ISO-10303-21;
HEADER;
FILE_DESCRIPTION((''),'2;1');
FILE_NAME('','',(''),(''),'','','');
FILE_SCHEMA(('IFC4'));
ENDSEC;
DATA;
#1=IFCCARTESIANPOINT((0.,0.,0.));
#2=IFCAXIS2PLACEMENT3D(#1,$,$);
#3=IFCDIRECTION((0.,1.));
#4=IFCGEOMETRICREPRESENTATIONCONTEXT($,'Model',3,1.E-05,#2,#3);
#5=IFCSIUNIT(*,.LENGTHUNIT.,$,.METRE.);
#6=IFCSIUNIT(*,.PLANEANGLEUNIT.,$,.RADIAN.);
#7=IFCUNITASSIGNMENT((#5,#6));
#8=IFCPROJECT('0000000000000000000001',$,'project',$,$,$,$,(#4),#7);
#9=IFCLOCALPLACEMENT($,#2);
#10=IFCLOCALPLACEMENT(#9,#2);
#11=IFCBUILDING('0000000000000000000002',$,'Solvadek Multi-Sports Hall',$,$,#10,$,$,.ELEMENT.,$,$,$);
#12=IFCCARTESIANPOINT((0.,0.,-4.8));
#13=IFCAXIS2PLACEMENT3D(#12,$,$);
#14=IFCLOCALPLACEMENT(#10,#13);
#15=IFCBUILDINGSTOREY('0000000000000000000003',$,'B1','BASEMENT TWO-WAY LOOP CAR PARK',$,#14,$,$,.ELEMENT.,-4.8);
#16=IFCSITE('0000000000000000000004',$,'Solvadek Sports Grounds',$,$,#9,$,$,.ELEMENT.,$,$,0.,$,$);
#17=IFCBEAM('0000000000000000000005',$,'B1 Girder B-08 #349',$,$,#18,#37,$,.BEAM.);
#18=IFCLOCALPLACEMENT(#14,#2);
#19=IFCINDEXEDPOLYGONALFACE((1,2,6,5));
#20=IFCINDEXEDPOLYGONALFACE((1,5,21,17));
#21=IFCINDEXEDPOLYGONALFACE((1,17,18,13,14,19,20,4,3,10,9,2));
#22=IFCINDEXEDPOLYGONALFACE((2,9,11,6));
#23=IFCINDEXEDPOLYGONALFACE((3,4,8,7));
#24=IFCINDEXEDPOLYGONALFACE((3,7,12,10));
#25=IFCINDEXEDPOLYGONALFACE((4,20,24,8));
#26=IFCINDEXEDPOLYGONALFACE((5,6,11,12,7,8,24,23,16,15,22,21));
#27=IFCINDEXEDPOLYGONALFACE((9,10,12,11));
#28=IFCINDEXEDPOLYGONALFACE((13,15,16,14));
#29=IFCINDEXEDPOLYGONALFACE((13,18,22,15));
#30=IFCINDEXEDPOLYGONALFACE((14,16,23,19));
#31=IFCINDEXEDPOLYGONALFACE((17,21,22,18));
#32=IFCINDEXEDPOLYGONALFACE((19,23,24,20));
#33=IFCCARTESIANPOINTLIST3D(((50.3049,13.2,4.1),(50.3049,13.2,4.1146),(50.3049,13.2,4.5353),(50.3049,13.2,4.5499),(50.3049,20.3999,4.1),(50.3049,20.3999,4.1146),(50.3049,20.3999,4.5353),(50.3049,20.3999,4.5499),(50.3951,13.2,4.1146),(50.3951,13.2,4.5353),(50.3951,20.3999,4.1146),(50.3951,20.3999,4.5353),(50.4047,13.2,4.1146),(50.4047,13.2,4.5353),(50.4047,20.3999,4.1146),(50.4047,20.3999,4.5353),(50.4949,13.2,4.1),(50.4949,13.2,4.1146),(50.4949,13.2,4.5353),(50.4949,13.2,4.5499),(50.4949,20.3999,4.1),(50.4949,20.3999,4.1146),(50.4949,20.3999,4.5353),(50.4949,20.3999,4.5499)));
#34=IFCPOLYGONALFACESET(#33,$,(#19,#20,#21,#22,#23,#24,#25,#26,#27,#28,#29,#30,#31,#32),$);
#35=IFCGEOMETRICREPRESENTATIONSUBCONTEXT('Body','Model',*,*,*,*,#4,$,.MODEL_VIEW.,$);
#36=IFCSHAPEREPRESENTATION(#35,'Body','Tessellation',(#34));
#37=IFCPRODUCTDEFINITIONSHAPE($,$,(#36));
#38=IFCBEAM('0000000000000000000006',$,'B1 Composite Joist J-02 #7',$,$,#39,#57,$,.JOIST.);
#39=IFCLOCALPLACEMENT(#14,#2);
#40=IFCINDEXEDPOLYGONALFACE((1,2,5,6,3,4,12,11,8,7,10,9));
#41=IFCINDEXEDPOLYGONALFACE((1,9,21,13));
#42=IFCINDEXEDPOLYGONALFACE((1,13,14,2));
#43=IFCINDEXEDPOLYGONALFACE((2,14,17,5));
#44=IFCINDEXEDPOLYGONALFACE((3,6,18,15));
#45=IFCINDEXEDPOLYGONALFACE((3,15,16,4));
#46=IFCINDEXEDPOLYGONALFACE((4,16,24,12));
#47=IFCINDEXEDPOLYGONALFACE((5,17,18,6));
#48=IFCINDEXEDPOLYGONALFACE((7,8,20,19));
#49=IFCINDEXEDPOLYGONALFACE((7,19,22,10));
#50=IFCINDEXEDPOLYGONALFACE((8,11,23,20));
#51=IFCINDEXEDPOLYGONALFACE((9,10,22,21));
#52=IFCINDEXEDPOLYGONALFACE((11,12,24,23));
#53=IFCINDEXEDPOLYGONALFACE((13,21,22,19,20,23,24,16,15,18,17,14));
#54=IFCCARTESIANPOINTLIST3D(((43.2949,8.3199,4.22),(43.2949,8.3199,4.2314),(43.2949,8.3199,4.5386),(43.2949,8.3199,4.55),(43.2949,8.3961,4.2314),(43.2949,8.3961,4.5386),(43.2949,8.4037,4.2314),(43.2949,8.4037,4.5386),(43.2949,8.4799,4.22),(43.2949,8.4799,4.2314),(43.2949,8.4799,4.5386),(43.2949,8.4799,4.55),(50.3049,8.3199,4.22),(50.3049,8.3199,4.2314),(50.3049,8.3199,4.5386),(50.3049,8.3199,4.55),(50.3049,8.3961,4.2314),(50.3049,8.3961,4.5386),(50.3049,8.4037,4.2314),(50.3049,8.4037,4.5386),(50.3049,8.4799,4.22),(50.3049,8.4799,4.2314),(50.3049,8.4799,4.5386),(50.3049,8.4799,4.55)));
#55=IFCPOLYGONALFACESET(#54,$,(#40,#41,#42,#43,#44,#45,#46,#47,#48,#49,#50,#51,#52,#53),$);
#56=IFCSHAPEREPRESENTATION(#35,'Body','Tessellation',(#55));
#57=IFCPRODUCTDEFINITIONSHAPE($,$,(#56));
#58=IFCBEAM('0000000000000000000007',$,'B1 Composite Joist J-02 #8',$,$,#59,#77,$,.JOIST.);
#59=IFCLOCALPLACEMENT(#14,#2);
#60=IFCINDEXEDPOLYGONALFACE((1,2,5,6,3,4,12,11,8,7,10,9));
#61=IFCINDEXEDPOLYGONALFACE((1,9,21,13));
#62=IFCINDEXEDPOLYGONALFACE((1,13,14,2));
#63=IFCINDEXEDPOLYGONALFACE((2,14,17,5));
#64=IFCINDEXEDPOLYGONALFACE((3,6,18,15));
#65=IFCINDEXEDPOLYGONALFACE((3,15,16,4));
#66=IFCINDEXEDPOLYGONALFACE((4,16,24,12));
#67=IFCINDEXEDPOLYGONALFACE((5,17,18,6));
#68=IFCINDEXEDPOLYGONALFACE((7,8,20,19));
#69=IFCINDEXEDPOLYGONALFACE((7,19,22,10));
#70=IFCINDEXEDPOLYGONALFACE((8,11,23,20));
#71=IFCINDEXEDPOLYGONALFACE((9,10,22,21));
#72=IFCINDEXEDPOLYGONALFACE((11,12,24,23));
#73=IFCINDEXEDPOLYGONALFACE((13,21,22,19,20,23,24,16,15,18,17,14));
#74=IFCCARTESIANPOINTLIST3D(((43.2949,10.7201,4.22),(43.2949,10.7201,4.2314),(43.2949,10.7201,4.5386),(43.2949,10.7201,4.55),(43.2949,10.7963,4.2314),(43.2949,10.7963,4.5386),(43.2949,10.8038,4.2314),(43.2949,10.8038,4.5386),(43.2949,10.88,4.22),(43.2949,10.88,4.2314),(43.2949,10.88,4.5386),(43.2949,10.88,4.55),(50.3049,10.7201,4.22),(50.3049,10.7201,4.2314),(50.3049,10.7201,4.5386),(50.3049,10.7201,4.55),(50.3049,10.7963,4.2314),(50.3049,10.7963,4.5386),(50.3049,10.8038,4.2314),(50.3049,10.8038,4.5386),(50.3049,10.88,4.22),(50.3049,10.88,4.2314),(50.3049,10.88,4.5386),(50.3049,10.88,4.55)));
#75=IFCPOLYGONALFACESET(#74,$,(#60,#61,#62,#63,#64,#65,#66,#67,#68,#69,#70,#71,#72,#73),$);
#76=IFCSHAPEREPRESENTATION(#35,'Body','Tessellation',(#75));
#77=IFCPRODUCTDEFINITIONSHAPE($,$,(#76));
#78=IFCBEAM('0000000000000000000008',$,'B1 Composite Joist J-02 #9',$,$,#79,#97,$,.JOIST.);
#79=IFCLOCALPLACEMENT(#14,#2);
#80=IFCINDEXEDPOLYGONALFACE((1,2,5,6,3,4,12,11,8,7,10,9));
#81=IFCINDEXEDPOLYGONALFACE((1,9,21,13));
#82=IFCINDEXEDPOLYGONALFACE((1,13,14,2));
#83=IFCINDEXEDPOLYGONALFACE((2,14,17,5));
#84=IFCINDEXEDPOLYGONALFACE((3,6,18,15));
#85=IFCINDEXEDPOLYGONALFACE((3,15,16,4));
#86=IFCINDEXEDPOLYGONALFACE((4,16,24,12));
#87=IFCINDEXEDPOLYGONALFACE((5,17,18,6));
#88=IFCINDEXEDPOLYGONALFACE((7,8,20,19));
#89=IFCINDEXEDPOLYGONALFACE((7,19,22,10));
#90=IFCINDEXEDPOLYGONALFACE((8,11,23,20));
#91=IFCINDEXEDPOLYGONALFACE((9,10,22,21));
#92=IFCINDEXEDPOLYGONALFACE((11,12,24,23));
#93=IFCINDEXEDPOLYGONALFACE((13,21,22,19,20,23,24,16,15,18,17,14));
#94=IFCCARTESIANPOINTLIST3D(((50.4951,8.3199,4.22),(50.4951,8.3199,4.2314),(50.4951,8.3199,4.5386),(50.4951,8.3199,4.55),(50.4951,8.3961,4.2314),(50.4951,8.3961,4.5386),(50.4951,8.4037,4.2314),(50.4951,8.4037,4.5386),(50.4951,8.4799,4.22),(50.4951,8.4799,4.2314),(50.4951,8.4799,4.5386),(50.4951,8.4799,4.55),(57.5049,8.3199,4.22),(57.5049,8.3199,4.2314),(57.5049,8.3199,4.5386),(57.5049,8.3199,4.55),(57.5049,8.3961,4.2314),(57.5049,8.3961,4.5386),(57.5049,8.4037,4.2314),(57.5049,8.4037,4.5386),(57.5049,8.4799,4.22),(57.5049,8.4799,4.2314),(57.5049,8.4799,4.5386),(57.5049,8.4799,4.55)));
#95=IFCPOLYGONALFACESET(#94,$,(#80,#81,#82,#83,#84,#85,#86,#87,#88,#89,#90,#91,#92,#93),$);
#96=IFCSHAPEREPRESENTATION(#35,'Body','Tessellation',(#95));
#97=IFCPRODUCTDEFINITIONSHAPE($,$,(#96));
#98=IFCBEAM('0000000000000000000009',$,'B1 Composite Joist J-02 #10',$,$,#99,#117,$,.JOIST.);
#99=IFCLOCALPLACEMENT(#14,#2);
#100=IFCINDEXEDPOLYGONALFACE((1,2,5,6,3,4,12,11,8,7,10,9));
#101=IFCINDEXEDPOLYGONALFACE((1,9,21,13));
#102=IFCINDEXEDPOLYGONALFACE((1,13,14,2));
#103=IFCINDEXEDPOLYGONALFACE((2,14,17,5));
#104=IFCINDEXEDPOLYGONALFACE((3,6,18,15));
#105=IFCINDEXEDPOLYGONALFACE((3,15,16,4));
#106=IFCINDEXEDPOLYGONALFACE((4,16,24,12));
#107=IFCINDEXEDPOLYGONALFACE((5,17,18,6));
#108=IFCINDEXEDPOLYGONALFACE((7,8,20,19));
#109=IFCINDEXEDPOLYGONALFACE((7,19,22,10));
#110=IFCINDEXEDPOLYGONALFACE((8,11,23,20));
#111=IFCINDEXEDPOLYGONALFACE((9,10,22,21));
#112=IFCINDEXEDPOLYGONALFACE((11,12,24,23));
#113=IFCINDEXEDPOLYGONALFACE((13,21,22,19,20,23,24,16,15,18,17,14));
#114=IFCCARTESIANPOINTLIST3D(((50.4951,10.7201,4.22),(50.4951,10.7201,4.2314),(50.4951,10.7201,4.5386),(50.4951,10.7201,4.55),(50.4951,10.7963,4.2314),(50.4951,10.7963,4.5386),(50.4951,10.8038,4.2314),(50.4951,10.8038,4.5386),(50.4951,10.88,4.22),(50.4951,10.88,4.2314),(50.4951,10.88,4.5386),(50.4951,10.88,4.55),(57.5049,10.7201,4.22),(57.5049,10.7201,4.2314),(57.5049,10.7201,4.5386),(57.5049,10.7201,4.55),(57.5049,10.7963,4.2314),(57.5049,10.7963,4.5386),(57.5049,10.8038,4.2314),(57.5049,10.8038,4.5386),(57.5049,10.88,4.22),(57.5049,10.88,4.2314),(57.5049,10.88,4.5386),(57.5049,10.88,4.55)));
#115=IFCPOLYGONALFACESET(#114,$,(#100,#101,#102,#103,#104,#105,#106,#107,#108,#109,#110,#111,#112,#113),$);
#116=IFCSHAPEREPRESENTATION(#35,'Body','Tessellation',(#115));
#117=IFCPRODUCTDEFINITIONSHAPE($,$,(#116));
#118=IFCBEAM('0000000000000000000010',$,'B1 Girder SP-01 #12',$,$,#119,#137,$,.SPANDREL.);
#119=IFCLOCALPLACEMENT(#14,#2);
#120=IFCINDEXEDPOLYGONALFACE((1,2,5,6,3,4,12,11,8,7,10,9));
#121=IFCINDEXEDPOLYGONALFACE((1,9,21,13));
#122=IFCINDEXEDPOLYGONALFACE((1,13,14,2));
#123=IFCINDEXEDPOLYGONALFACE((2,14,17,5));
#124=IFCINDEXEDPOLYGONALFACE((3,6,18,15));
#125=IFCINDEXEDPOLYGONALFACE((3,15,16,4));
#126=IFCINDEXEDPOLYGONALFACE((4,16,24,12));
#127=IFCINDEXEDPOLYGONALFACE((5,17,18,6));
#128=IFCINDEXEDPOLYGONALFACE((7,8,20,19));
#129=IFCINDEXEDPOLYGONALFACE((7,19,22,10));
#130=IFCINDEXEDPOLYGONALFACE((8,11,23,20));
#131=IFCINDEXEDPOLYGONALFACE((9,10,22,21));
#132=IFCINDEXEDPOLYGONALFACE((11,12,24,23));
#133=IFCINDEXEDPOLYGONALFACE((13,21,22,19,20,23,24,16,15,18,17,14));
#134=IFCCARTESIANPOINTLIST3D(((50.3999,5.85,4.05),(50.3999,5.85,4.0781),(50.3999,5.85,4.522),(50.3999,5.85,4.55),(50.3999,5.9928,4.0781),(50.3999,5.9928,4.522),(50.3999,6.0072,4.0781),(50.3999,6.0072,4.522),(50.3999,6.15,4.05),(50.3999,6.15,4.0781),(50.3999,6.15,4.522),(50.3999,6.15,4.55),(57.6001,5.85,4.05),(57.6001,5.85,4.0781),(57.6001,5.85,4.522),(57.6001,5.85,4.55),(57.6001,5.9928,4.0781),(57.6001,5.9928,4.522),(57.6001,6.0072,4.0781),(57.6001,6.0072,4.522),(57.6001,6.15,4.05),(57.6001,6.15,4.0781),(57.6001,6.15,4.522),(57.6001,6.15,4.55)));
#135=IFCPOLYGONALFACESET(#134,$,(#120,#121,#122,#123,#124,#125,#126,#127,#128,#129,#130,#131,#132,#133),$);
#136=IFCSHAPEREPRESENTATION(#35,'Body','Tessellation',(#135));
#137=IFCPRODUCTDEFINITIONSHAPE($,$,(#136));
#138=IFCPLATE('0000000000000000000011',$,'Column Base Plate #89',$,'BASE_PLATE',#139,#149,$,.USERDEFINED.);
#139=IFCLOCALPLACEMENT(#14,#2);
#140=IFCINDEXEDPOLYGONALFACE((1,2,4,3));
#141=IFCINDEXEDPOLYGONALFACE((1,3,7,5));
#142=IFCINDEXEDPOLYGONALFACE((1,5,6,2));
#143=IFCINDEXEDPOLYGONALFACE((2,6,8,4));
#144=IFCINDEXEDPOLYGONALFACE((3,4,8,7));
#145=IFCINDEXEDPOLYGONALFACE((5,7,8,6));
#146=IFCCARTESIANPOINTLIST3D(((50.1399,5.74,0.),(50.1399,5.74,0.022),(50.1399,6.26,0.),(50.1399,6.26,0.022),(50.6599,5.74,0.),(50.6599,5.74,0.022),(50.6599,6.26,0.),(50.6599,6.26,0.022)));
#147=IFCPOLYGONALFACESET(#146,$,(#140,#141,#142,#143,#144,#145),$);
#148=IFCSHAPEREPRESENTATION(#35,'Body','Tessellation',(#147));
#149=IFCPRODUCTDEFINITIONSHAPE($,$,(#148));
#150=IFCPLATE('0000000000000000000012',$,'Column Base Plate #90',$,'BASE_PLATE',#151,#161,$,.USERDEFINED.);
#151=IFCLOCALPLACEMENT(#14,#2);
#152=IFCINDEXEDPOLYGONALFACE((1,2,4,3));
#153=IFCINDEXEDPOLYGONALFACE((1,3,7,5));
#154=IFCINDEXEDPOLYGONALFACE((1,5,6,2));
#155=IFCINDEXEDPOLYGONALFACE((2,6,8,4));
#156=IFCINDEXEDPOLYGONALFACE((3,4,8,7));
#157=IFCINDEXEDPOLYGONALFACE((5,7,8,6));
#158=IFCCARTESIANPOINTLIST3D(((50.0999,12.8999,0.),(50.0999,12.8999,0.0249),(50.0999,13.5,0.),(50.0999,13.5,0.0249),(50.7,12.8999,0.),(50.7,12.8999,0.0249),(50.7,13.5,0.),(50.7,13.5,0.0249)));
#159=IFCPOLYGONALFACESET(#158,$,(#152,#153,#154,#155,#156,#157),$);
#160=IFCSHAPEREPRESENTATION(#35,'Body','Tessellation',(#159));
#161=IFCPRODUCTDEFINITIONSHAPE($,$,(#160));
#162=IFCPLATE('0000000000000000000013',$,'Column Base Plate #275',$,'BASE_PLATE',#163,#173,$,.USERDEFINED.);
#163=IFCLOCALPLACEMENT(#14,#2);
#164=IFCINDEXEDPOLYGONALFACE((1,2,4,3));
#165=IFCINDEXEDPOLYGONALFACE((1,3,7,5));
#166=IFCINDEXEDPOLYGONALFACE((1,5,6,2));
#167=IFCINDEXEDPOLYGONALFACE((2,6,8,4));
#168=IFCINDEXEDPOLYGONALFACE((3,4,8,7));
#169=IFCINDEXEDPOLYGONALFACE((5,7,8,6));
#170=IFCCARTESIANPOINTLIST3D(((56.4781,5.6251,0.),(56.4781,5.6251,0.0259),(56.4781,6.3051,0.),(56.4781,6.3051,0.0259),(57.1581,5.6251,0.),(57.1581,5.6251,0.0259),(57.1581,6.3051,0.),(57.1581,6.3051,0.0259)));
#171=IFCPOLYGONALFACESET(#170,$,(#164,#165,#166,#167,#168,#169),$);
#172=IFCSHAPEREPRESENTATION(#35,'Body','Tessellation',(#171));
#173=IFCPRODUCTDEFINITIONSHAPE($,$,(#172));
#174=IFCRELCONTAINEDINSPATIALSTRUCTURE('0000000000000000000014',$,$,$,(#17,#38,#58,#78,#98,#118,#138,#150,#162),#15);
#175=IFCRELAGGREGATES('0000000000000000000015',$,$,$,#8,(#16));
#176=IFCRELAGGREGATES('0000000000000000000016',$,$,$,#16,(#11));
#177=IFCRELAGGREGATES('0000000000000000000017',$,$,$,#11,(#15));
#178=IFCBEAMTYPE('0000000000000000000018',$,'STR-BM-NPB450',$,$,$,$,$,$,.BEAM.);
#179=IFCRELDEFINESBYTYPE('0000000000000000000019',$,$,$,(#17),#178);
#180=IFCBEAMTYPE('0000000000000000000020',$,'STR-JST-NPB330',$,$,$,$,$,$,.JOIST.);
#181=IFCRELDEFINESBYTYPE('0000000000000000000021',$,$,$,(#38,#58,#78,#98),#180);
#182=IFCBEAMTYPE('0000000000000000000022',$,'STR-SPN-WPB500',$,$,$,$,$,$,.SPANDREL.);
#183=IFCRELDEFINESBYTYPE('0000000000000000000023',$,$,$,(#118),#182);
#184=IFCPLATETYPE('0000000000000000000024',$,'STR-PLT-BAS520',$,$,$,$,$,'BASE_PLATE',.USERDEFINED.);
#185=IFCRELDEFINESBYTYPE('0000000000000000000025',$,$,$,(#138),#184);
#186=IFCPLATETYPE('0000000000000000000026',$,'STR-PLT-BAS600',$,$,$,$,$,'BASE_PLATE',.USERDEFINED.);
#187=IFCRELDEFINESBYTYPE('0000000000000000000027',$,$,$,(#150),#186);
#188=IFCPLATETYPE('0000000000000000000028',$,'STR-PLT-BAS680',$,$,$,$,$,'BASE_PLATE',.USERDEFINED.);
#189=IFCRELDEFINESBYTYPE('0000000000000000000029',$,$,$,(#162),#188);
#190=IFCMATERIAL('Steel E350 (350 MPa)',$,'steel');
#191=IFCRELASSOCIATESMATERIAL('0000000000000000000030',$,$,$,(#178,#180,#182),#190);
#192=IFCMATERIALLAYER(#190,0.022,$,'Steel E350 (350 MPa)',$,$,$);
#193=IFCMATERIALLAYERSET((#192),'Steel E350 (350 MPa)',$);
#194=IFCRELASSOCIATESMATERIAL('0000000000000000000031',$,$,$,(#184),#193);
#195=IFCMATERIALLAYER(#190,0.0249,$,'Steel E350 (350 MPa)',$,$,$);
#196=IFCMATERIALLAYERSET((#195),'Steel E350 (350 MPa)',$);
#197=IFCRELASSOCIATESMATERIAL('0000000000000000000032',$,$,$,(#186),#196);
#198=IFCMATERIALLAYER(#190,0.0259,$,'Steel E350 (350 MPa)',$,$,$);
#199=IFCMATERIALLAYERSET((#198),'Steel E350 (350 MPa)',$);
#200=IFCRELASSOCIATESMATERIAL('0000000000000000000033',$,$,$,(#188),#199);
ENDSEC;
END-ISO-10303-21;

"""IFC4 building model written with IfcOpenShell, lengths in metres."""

from ifc_helpers import new_model, si_unit, direction, frame, origin, origin_2d, place, context, subcontext, project, spatial, rectangle, i_section, extrude, material, layer, layer_set, material_profile, profile_set, type_object, element, save


model = new_model("IFC4")

# Units and contexts
model_context = context("Model", 3, precision=1e-05, world=origin(), true_north=direction((0.0, 1.0)))
body_context = subcontext(model_context, "Body", "Model", "MODEL_VIEW")
ifc_project = project(units=[si_unit("LENGTHUNIT", "METRE"), si_unit("PLANEANGLEUNIT", "RADIAN")], contexts=[model_context])

# Site, building, storey
site_placement = place(None, origin())
site = spatial("IfcSite", under=ifc_project, at=site_placement, Name="Solvadek Sports Grounds", CompositionType="ELEMENT", RefElevation=0.0)
building_placement = place(site_placement, origin())
building = spatial("IfcBuilding", under=site, at=building_placement, Name="Solvadek Multi-Sports Hall", CompositionType="ELEMENT")
storey_placement = place(building_placement, frame((0.0, 0.0, -4.8)))
storey = spatial("IfcBuildingStorey", under=building, at=storey_placement, Name="B1", Description="BASEMENT TWO-WAY LOOP CAR PARK", CompositionType="ELEMENT", Elevation=-4.8)

# Shared definitions
ifc_material_1 = material(Name="Steel E350 (350 MPa)", Category="steel")

# Beams
ifc_material_profile_1 = material_profile(ifc_material_1, i_section(OverallWidth=0.1899, OverallDepth=0.45, WebThickness=0.0095, FlangeThickness=0.0146, at=origin_2d()), Name="NPB 450")
ifc_profile_set_1 = profile_set([ifc_material_profile_1], Name="Steel E350 (350 MPa)")
beam_type_1 = type_object("IfcBeamType", Name="STR-BM-NPB450", PredefinedType="BEAM", material=ifc_profile_set_1)
for number, where, z_axis, x_axis, name in (
    (1, (50.3999, 13.2, 4.325), (0.0, 1.0, 0.0), (-1.0, 0.0, 0.0), "B1 Girder B-08 #349"),
):
    element("IfcBeam", number, at=place(storey_placement, frame(where, z_axis=z_axis, x_axis=x_axis)), inside=storey, type_object=beam_type_1, Name=name, PredefinedType="BEAM", context=body_context, shape_type="SweptSolid", body=[
        extrude(i_section(OverallWidth=0.1899, OverallDepth=0.45, WebThickness=0.0095, FlangeThickness=0.0146, at=origin_2d()), origin(), (0.0, 0.0, 1.0), 7.2),
    ])
ifc_material_profile_2 = material_profile(ifc_material_1, i_section(OverallWidth=0.1599, OverallDepth=0.3301, WebThickness=0.0076, FlangeThickness=0.0115, at=origin_2d()), Name="NPB 330")
ifc_profile_set_2 = profile_set([ifc_material_profile_2], Name="Steel E350 (350 MPa)")
beam_type_2 = type_object("IfcBeamType", Name="STR-JST-NPB330", PredefinedType="JOIST", material=ifc_profile_set_2)
for number, where, z_axis, x_axis, name in (
    (2, (43.2949, 8.3999, 4.385), (1.0, 0.0, 0.0), (0.0, 1.0, 0.0), "B1 Composite Joist J-02 #7"),
    (3, (43.2949, 10.8, 4.385), (1.0, 0.0, 0.0), (0.0, 1.0, 0.0), "B1 Composite Joist J-02 #8"),
):
    element("IfcBeam", number, at=place(storey_placement, frame(where, z_axis=z_axis, x_axis=x_axis)), inside=storey, type_object=beam_type_2, Name=name, PredefinedType="JOIST", context=body_context, shape_type="SweptSolid", body=[
        extrude(i_section(OverallWidth=0.1599, OverallDepth=0.3301, WebThickness=0.0076, FlangeThickness=0.0115, at=origin_2d()), origin(), (0.0, 0.0, 1.0), 7.01),
    ])
for number, where, z_axis, x_axis, name in (
    (4, (50.4951, 8.3999, 4.385), (1.0, 0.0, 0.0), (0.0, 1.0, 0.0), "B1 Composite Joist J-02 #9"),
    (5, (50.4951, 10.8, 4.385), (1.0, 0.0, 0.0), (0.0, 1.0, 0.0), "B1 Composite Joist J-02 #10"),
):
    element("IfcBeam", number, at=place(storey_placement, frame(where, z_axis=z_axis, x_axis=x_axis)), inside=storey, type_object=beam_type_2, Name=name, PredefinedType="JOIST", context=body_context, shape_type="SweptSolid", body=[
        extrude(i_section(OverallWidth=0.1599, OverallDepth=0.3301, WebThickness=0.0076, FlangeThickness=0.0115, at=origin_2d()), origin(), (0.0, 0.0, 1.0), 7.0098),
    ])
ifc_material_profile_3 = material_profile(ifc_material_1, i_section(OverallWidth=0.3, OverallDepth=0.5, WebThickness=0.0144, FlangeThickness=0.0281, at=origin_2d()), Name="WPB 500")
ifc_profile_set_3 = profile_set([ifc_material_profile_3], Name="Steel E350 (350 MPa)")
beam_type_3 = type_object("IfcBeamType", Name="STR-SPN-WPB500", PredefinedType="SPANDREL", material=ifc_profile_set_3)
beam_1_placement = place(storey_placement, frame((50.3999, 6.0, 4.3), z_axis=(1.0, 0.0, 0.0), x_axis=(0.0, 1.0, 0.0)))
element("IfcBeam", 6, at=beam_1_placement, inside=storey, type_object=beam_type_3, Name="B1 Girder SP-01 #12", PredefinedType="SPANDREL", context=body_context, shape_type="SweptSolid", body=[
    extrude(i_section(OverallWidth=0.3, OverallDepth=0.5, WebThickness=0.0144, FlangeThickness=0.0281, at=origin_2d()), origin(), (0.0, 0.0, 1.0), 7.2002),
])

# Plates
ifc_layer_1 = layer(ifc_material_1, 0.022, Name="Steel E350 (350 MPa)")
ifc_layer_set_1 = layer_set([ifc_layer_1], Name="Steel E350 (350 MPa)")
plate_type_1 = type_object("IfcPlateType", Name="STR-PLT-BAS520", ElementType="BASE_PLATE", PredefinedType="USERDEFINED", material=ifc_layer_set_1)
plate_1_placement = place(storey_placement, frame((50.3999, 6.0, 0.0), z_axis=(0.0, 0.0, 1.0), x_axis=(1.0, 0.0, 0.0)))
element("IfcPlate", 7, at=plate_1_placement, inside=storey, type_object=plate_type_1, Name="Column Base Plate #89", ObjectType="BASE_PLATE", PredefinedType="USERDEFINED", context=body_context, shape_type="SweptSolid", body=[
    extrude(rectangle(XDim=0.52, YDim=0.52, at=origin_2d()), origin(), (0.0, 0.0, 1.0), 0.022),
])
ifc_layer_2 = layer(ifc_material_1, 0.0249, Name="Steel E350 (350 MPa)")
ifc_layer_set_2 = layer_set([ifc_layer_2], Name="Steel E350 (350 MPa)")
plate_type_2 = type_object("IfcPlateType", Name="STR-PLT-BAS600", ElementType="BASE_PLATE", PredefinedType="USERDEFINED", material=ifc_layer_set_2)
plate_2_placement = place(storey_placement, frame((50.3999, 13.2, 0.0), z_axis=(0.0, 0.0, 1.0), x_axis=(1.0, 0.0, 0.0)))
element("IfcPlate", 8, at=plate_2_placement, inside=storey, type_object=plate_type_2, Name="Column Base Plate #90", ObjectType="BASE_PLATE", PredefinedType="USERDEFINED", context=body_context, shape_type="SweptSolid", body=[
    extrude(rectangle(XDim=0.6001, YDim=0.6001, at=origin_2d()), origin(), (0.0, 0.0, 1.0), 0.0249),
])
ifc_layer_3 = layer(ifc_material_1, 0.0259, Name="Steel E350 (350 MPa)")
ifc_layer_set_3 = layer_set([ifc_layer_3], Name="Steel E350 (350 MPa)")
plate_type_3 = type_object("IfcPlateType", Name="STR-PLT-BAS680", ElementType="BASE_PLATE", PredefinedType="USERDEFINED", material=ifc_layer_set_3)
plate_3_placement = place(storey_placement, frame((56.8181, 5.9651, 0.0), z_axis=(0.0, 0.0, 1.0), x_axis=(1.0, 0.0, 0.0)))
element("IfcPlate", 9, at=plate_3_placement, inside=storey, type_object=plate_type_3, Name="Column Base Plate #275", ObjectType="BASE_PLATE", PredefinedType="USERDEFINED", context=body_context, shape_type="SweptSolid", body=[
    extrude(rectangle(XDim=0.6799, YDim=0.6799, at=origin_2d()), origin(), (0.0, 0.0, 1.0), 0.0259),
])

save(model, "model.ifc")
